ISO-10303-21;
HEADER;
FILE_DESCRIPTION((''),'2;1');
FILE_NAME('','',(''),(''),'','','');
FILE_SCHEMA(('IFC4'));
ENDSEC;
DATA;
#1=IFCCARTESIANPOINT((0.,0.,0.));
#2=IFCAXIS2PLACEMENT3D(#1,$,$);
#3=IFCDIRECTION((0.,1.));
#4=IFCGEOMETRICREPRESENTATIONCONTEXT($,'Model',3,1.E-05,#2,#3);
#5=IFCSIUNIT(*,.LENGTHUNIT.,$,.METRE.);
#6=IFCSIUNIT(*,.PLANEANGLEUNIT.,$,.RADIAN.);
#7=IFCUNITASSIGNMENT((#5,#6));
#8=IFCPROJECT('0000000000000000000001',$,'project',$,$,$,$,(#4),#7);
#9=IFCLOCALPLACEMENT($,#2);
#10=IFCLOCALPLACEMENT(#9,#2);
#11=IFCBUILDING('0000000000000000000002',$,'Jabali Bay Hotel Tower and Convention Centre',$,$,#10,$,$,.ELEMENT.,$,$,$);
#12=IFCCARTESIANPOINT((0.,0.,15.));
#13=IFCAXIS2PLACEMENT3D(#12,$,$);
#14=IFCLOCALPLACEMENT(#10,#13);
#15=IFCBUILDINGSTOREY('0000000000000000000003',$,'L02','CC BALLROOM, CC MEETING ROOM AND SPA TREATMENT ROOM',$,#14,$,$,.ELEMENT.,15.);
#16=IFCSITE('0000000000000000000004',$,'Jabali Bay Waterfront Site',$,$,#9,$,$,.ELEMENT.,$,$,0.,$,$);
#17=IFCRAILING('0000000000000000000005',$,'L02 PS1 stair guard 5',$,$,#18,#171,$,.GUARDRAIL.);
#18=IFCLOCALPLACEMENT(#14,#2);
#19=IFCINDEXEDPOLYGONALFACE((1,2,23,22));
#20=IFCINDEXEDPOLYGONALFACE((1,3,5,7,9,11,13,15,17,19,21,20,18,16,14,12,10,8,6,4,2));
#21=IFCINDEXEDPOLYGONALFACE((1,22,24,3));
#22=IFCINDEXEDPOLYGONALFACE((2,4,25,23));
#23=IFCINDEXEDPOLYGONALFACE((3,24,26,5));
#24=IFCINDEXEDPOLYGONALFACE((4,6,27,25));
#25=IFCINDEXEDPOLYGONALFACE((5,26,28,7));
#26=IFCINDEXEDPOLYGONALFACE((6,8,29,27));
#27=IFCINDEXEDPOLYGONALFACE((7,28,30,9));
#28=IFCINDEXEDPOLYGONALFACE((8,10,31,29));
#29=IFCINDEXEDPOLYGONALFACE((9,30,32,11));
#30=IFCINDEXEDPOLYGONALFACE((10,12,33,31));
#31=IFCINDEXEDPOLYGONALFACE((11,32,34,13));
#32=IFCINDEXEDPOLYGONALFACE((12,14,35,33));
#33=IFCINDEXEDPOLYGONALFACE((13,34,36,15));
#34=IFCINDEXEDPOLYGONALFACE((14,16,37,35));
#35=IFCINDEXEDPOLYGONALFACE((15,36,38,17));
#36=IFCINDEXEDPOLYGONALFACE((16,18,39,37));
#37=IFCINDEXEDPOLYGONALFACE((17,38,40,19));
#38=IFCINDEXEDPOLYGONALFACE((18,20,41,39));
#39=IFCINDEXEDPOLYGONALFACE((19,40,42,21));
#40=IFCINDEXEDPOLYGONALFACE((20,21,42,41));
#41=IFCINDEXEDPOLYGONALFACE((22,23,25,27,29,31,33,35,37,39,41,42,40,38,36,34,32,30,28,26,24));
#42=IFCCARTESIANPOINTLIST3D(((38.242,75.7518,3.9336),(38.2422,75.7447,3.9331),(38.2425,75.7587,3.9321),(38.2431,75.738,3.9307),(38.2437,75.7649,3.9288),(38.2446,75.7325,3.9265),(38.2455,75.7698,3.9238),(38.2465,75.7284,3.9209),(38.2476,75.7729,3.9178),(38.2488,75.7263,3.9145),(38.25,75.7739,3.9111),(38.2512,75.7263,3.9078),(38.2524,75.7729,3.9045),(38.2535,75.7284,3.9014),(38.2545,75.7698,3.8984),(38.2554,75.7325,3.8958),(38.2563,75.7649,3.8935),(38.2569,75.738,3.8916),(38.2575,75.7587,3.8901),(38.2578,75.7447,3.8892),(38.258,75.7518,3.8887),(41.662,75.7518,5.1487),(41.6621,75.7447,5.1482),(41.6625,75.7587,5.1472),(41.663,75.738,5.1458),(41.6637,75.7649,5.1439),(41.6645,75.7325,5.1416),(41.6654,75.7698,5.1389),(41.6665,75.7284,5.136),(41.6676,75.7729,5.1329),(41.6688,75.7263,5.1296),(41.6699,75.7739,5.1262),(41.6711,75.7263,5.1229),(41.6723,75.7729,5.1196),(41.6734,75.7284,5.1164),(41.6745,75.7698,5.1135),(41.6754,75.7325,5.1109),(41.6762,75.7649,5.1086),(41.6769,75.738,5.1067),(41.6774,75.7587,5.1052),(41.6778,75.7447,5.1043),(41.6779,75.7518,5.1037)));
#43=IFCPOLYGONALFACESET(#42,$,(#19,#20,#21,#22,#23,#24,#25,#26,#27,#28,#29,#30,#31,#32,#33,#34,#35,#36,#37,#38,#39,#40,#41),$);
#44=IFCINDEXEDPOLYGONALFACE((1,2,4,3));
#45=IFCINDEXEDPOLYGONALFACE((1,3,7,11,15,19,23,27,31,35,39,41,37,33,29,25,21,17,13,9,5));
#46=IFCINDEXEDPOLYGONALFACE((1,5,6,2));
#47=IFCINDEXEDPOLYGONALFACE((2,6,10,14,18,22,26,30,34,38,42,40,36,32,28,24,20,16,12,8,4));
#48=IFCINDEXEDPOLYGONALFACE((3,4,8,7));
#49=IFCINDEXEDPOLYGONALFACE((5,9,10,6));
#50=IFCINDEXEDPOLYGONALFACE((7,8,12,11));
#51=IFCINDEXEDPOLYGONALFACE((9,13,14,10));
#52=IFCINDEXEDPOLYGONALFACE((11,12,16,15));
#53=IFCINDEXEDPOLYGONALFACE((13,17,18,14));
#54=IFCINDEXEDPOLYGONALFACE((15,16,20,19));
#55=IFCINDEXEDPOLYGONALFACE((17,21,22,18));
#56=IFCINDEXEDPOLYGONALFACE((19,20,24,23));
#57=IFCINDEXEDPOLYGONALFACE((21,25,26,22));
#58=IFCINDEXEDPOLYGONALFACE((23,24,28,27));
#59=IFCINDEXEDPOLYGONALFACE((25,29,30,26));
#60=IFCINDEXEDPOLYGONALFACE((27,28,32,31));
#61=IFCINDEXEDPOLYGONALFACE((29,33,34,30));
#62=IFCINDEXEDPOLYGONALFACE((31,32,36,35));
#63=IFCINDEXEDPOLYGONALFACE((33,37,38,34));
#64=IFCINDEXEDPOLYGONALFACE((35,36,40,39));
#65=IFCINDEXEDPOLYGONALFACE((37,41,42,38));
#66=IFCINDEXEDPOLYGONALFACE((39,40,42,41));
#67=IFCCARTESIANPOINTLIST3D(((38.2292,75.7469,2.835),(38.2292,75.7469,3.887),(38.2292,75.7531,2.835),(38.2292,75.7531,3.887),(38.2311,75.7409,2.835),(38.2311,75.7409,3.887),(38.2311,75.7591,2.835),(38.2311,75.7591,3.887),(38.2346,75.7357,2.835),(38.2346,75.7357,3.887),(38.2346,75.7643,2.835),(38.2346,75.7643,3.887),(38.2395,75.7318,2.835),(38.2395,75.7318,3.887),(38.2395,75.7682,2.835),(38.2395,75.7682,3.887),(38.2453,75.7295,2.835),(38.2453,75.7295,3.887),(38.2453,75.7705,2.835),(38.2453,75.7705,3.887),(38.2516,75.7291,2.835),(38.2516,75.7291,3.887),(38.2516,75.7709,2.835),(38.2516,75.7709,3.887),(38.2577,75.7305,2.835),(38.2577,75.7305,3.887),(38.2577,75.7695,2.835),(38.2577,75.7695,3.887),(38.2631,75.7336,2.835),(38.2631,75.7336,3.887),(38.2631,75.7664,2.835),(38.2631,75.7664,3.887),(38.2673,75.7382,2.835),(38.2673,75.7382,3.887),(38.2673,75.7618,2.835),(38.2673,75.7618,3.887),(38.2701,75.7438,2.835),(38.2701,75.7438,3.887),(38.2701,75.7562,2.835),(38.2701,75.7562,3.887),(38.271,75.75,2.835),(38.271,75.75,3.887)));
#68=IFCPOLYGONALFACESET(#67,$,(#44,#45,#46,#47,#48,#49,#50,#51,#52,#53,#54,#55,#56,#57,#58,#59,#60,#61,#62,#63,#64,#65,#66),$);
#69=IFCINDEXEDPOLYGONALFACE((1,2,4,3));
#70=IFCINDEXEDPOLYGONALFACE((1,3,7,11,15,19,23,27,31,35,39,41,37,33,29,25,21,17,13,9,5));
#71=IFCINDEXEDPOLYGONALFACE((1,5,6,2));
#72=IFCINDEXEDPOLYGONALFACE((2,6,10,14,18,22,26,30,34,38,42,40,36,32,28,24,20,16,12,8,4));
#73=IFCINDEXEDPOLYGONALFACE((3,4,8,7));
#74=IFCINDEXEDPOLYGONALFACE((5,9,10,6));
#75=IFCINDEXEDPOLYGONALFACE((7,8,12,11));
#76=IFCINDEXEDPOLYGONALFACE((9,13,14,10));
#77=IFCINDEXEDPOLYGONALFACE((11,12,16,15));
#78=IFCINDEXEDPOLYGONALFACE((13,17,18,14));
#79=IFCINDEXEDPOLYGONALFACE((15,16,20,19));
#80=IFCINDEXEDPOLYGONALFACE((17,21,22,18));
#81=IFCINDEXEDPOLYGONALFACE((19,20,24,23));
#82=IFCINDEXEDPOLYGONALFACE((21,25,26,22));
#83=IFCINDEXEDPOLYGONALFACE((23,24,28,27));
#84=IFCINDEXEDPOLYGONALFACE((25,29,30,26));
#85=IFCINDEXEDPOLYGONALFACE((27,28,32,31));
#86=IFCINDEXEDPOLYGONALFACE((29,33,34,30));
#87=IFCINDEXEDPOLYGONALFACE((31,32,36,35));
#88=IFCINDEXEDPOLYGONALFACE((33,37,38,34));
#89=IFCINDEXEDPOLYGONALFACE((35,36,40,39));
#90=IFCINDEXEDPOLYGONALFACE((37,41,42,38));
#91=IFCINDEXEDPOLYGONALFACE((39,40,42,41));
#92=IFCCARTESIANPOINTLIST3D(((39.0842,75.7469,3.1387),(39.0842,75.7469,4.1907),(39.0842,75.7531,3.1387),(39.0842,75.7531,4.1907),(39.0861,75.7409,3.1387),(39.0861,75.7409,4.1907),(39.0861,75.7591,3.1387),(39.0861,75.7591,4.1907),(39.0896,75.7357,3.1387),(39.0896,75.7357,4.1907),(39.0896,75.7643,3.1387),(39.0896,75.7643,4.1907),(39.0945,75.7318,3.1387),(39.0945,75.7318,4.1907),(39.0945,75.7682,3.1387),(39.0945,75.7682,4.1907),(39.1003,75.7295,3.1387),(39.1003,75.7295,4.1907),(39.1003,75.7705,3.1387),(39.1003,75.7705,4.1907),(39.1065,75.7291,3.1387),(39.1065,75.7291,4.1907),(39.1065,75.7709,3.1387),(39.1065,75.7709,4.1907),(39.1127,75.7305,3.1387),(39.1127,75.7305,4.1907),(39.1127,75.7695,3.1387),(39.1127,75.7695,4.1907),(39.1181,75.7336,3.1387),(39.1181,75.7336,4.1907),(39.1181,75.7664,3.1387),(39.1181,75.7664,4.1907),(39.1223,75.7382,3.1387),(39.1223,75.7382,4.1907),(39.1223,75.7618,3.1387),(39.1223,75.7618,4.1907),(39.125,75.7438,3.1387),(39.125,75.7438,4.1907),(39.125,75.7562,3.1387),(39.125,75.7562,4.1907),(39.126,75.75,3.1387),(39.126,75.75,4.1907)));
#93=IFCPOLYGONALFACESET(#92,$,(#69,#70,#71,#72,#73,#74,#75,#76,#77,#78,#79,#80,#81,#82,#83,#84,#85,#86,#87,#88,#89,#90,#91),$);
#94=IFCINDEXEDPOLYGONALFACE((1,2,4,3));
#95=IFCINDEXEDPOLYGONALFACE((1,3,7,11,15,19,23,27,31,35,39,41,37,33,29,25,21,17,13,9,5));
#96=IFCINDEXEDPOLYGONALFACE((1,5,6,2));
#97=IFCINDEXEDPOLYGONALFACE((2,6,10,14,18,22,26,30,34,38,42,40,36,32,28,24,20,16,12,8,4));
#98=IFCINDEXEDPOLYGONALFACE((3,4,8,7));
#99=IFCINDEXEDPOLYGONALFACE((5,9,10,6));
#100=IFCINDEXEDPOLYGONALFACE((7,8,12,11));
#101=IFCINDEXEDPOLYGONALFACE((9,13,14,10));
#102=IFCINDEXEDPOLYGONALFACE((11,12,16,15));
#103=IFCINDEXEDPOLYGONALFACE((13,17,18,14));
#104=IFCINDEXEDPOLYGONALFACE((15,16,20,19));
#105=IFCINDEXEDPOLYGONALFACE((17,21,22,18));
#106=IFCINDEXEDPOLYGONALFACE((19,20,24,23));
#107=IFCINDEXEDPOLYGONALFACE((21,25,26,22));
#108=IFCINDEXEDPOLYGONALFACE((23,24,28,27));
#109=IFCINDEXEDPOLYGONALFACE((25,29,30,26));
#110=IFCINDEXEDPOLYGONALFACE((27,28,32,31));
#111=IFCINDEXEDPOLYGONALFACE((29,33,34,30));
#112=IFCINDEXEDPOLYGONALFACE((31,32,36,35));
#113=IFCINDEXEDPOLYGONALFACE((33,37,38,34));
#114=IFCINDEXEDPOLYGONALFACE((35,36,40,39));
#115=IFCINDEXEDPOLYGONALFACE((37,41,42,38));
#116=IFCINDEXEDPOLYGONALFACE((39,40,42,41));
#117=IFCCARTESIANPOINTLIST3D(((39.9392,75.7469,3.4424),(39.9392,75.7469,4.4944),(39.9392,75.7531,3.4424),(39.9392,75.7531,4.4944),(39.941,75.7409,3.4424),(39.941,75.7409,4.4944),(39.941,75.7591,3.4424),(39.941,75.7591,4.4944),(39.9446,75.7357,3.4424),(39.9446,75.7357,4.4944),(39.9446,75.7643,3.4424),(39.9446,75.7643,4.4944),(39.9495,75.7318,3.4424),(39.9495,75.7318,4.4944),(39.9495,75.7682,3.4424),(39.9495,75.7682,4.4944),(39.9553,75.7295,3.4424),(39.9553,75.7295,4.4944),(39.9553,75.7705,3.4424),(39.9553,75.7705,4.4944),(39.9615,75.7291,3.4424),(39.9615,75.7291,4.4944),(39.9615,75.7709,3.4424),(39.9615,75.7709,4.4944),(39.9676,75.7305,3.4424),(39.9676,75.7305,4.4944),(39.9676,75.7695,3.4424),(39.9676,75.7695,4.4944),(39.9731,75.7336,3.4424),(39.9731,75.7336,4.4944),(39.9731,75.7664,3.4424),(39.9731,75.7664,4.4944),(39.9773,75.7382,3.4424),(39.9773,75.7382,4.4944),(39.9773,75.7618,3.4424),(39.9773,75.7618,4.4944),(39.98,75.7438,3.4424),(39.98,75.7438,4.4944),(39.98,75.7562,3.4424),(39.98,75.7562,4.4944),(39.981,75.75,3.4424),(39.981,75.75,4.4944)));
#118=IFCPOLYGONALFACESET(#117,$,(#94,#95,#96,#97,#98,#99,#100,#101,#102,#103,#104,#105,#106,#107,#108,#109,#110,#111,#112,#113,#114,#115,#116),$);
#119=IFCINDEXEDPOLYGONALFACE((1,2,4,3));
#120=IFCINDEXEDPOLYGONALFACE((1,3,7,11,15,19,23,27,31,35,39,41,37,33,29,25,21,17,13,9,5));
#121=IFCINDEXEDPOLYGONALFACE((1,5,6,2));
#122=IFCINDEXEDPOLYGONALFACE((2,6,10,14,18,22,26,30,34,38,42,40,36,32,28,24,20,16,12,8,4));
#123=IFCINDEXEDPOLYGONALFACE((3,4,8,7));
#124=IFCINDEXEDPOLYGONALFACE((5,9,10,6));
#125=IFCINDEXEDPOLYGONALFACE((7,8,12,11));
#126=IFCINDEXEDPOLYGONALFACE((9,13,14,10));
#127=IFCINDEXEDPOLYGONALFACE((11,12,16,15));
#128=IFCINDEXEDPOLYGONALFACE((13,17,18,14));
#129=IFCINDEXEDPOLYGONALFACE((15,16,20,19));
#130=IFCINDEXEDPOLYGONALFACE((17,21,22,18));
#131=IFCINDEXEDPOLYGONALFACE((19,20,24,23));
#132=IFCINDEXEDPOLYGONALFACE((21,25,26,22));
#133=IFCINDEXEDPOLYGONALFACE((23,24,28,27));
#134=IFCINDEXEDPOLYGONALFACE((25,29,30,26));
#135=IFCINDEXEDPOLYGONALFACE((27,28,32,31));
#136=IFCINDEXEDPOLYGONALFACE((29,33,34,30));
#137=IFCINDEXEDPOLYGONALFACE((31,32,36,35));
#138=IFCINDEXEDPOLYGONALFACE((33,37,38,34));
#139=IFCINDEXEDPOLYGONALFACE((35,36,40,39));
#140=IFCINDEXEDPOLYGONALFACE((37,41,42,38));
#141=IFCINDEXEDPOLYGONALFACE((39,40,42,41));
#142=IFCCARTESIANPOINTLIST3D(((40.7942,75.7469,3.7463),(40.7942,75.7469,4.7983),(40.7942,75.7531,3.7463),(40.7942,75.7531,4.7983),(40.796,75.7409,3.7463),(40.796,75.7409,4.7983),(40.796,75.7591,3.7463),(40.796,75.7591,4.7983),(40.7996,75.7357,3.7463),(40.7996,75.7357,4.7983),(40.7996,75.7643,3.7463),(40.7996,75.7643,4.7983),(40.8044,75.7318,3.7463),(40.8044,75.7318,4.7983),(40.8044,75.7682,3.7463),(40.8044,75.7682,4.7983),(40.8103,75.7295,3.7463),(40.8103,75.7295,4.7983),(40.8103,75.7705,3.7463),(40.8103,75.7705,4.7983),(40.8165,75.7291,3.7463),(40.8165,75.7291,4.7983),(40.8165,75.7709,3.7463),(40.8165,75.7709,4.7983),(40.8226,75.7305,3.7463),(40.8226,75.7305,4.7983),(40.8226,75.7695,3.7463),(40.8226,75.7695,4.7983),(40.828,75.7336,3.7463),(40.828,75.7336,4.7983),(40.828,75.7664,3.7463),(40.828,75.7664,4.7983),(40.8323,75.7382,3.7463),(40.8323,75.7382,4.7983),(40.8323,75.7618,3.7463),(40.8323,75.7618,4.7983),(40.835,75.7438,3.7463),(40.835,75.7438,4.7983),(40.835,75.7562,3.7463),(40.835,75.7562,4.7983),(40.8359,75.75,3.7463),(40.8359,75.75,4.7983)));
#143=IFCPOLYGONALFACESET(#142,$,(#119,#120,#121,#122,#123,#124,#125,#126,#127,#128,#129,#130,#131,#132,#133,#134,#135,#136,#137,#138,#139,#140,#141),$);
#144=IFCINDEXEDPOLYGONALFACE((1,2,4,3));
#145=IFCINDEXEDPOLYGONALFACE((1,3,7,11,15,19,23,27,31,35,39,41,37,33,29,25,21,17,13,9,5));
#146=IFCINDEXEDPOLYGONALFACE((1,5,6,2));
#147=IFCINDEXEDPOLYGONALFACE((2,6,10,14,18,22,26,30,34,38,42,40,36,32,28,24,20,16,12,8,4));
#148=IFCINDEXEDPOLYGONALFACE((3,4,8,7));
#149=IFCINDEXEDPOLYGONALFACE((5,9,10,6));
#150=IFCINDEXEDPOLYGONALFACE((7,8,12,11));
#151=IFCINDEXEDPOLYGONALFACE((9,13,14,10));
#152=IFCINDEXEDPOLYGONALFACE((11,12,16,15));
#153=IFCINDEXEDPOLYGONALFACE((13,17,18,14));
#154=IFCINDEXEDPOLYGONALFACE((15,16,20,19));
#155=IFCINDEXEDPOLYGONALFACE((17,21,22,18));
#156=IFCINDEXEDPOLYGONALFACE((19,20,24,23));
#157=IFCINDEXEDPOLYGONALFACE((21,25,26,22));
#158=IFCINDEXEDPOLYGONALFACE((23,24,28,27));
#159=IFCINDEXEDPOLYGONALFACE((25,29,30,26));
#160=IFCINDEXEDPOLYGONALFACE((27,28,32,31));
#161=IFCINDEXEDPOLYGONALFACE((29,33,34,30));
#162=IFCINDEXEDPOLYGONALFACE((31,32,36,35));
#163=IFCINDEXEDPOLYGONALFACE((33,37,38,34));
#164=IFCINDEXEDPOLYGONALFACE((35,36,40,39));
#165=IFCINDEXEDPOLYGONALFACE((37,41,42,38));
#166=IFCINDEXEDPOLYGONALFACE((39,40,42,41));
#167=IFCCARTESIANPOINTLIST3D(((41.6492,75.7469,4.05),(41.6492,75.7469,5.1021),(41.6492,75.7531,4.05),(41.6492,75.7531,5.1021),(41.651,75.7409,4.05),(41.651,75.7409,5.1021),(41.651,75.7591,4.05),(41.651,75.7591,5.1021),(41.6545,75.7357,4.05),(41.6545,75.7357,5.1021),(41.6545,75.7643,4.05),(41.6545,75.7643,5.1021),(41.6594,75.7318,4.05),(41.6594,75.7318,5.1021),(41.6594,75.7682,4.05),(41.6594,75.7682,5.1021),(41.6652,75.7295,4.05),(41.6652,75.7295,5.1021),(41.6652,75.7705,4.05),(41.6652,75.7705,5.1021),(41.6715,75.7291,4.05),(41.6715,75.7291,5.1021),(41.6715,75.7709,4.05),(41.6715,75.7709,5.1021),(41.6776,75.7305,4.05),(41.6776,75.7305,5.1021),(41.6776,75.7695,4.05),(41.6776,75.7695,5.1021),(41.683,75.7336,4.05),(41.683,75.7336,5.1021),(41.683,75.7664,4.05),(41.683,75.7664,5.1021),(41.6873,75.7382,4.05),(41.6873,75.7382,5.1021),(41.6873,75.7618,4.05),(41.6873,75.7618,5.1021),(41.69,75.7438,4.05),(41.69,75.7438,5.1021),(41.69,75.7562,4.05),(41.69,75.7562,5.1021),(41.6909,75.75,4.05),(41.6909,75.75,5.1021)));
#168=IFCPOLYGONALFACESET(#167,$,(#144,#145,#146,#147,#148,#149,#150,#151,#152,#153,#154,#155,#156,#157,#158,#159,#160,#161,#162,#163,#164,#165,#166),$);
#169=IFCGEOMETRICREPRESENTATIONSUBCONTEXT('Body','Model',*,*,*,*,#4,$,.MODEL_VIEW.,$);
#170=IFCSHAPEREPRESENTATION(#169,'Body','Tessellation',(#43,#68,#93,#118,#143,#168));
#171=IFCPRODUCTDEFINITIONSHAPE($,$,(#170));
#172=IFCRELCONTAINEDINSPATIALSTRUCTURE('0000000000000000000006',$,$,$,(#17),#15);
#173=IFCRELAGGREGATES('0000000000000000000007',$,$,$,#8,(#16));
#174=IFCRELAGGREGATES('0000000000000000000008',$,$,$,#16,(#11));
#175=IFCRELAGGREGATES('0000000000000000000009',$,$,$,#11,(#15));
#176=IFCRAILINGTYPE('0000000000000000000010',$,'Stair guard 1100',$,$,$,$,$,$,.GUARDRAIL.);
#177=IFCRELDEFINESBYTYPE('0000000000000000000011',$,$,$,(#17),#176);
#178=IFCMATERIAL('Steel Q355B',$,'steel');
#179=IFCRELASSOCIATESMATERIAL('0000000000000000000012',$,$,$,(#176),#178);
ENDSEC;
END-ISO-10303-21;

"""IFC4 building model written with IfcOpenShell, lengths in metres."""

from ifc_helpers import new_model, si_unit, direction, frame, origin, origin_2d, place, context, subcontext, project, spatial, circle, extrude, material, type_object, element, save


model = new_model("IFC4")

# Units and contexts
model_context = context("Model", 3, precision=1e-05, world=origin(), true_north=direction((0.0, 1.0)))
body_context = subcontext(model_context, "Body", "Model", "MODEL_VIEW")
ifc_project = project(units=[si_unit("LENGTHUNIT", "METRE"), si_unit("PLANEANGLEUNIT", "RADIAN")], contexts=[model_context])

# Site, building, storey
site_placement = place(None, origin())
site = spatial("IfcSite", under=ifc_project, at=site_placement, Name="Jabali Bay Waterfront Site", CompositionType="ELEMENT", RefElevation=0.0)
building_placement = place(site_placement, origin())
building = spatial("IfcBuilding", under=site, at=building_placement, Name="Jabali Bay Hotel Tower and Convention Centre", CompositionType="ELEMENT")
storey_placement = place(building_placement, frame((0.0, 0.0, 15.0)))
storey = spatial("IfcBuildingStorey", under=building, at=storey_placement, Name="L02", Description="CC BALLROOM, CC MEETING ROOM AND SPA TREATMENT ROOM", CompositionType="ELEMENT", Elevation=15.0)

# Railing
ifc_material_1 = material(Name="Steel Q355B", Category="steel")
railing_type_1 = type_object("IfcRailingType", Name="Stair guard 1100", PredefinedType="GUARDRAIL", material=ifc_material_1)
railing_1_placement = place(storey_placement, frame((38.25, 75.75, 2.835)))
element("IfcRailing", 1, at=railing_1_placement, inside=storey, type_object=railing_type_1, Name="L02 PS1 stair guard 5", PredefinedType="GUARDRAIL", context=body_context, shape_type="SweptSolid", body=[
    extrude(circle(Radius=0.0239, at=origin_2d()), frame((0.0, 0.0, 1.0762), z_axis=(0.942292, 0.0, 0.334793), x_axis=(0.0, 1.0, 0.0)), (0.0, 0.0, 1.0), 3.6294),
    extrude(circle(Radius=0.021, at=origin_2d()), origin(), (0.0, 0.0, 1.0), 1.052),
    extrude(circle(Radius=0.021, at=origin_2d()), frame((0.855, 0.0, 0.3037)), (0.0, 0.0, 1.0), 1.052),
    extrude(circle(Radius=0.021, at=origin_2d()), frame((1.71, 0.0, 0.6074)), (0.0, 0.0, 1.0), 1.052),
    extrude(circle(Radius=0.021, at=origin_2d()), frame((2.5649, 0.0, 0.9114)), (0.0, 0.0, 1.0), 1.052),
    extrude(circle(Radius=0.021, at=origin_2d()), frame((3.4199, 0.0, 1.2151)), (0.0, 0.0, 1.0), 1.052),
])

save(model, "model.ifc")
